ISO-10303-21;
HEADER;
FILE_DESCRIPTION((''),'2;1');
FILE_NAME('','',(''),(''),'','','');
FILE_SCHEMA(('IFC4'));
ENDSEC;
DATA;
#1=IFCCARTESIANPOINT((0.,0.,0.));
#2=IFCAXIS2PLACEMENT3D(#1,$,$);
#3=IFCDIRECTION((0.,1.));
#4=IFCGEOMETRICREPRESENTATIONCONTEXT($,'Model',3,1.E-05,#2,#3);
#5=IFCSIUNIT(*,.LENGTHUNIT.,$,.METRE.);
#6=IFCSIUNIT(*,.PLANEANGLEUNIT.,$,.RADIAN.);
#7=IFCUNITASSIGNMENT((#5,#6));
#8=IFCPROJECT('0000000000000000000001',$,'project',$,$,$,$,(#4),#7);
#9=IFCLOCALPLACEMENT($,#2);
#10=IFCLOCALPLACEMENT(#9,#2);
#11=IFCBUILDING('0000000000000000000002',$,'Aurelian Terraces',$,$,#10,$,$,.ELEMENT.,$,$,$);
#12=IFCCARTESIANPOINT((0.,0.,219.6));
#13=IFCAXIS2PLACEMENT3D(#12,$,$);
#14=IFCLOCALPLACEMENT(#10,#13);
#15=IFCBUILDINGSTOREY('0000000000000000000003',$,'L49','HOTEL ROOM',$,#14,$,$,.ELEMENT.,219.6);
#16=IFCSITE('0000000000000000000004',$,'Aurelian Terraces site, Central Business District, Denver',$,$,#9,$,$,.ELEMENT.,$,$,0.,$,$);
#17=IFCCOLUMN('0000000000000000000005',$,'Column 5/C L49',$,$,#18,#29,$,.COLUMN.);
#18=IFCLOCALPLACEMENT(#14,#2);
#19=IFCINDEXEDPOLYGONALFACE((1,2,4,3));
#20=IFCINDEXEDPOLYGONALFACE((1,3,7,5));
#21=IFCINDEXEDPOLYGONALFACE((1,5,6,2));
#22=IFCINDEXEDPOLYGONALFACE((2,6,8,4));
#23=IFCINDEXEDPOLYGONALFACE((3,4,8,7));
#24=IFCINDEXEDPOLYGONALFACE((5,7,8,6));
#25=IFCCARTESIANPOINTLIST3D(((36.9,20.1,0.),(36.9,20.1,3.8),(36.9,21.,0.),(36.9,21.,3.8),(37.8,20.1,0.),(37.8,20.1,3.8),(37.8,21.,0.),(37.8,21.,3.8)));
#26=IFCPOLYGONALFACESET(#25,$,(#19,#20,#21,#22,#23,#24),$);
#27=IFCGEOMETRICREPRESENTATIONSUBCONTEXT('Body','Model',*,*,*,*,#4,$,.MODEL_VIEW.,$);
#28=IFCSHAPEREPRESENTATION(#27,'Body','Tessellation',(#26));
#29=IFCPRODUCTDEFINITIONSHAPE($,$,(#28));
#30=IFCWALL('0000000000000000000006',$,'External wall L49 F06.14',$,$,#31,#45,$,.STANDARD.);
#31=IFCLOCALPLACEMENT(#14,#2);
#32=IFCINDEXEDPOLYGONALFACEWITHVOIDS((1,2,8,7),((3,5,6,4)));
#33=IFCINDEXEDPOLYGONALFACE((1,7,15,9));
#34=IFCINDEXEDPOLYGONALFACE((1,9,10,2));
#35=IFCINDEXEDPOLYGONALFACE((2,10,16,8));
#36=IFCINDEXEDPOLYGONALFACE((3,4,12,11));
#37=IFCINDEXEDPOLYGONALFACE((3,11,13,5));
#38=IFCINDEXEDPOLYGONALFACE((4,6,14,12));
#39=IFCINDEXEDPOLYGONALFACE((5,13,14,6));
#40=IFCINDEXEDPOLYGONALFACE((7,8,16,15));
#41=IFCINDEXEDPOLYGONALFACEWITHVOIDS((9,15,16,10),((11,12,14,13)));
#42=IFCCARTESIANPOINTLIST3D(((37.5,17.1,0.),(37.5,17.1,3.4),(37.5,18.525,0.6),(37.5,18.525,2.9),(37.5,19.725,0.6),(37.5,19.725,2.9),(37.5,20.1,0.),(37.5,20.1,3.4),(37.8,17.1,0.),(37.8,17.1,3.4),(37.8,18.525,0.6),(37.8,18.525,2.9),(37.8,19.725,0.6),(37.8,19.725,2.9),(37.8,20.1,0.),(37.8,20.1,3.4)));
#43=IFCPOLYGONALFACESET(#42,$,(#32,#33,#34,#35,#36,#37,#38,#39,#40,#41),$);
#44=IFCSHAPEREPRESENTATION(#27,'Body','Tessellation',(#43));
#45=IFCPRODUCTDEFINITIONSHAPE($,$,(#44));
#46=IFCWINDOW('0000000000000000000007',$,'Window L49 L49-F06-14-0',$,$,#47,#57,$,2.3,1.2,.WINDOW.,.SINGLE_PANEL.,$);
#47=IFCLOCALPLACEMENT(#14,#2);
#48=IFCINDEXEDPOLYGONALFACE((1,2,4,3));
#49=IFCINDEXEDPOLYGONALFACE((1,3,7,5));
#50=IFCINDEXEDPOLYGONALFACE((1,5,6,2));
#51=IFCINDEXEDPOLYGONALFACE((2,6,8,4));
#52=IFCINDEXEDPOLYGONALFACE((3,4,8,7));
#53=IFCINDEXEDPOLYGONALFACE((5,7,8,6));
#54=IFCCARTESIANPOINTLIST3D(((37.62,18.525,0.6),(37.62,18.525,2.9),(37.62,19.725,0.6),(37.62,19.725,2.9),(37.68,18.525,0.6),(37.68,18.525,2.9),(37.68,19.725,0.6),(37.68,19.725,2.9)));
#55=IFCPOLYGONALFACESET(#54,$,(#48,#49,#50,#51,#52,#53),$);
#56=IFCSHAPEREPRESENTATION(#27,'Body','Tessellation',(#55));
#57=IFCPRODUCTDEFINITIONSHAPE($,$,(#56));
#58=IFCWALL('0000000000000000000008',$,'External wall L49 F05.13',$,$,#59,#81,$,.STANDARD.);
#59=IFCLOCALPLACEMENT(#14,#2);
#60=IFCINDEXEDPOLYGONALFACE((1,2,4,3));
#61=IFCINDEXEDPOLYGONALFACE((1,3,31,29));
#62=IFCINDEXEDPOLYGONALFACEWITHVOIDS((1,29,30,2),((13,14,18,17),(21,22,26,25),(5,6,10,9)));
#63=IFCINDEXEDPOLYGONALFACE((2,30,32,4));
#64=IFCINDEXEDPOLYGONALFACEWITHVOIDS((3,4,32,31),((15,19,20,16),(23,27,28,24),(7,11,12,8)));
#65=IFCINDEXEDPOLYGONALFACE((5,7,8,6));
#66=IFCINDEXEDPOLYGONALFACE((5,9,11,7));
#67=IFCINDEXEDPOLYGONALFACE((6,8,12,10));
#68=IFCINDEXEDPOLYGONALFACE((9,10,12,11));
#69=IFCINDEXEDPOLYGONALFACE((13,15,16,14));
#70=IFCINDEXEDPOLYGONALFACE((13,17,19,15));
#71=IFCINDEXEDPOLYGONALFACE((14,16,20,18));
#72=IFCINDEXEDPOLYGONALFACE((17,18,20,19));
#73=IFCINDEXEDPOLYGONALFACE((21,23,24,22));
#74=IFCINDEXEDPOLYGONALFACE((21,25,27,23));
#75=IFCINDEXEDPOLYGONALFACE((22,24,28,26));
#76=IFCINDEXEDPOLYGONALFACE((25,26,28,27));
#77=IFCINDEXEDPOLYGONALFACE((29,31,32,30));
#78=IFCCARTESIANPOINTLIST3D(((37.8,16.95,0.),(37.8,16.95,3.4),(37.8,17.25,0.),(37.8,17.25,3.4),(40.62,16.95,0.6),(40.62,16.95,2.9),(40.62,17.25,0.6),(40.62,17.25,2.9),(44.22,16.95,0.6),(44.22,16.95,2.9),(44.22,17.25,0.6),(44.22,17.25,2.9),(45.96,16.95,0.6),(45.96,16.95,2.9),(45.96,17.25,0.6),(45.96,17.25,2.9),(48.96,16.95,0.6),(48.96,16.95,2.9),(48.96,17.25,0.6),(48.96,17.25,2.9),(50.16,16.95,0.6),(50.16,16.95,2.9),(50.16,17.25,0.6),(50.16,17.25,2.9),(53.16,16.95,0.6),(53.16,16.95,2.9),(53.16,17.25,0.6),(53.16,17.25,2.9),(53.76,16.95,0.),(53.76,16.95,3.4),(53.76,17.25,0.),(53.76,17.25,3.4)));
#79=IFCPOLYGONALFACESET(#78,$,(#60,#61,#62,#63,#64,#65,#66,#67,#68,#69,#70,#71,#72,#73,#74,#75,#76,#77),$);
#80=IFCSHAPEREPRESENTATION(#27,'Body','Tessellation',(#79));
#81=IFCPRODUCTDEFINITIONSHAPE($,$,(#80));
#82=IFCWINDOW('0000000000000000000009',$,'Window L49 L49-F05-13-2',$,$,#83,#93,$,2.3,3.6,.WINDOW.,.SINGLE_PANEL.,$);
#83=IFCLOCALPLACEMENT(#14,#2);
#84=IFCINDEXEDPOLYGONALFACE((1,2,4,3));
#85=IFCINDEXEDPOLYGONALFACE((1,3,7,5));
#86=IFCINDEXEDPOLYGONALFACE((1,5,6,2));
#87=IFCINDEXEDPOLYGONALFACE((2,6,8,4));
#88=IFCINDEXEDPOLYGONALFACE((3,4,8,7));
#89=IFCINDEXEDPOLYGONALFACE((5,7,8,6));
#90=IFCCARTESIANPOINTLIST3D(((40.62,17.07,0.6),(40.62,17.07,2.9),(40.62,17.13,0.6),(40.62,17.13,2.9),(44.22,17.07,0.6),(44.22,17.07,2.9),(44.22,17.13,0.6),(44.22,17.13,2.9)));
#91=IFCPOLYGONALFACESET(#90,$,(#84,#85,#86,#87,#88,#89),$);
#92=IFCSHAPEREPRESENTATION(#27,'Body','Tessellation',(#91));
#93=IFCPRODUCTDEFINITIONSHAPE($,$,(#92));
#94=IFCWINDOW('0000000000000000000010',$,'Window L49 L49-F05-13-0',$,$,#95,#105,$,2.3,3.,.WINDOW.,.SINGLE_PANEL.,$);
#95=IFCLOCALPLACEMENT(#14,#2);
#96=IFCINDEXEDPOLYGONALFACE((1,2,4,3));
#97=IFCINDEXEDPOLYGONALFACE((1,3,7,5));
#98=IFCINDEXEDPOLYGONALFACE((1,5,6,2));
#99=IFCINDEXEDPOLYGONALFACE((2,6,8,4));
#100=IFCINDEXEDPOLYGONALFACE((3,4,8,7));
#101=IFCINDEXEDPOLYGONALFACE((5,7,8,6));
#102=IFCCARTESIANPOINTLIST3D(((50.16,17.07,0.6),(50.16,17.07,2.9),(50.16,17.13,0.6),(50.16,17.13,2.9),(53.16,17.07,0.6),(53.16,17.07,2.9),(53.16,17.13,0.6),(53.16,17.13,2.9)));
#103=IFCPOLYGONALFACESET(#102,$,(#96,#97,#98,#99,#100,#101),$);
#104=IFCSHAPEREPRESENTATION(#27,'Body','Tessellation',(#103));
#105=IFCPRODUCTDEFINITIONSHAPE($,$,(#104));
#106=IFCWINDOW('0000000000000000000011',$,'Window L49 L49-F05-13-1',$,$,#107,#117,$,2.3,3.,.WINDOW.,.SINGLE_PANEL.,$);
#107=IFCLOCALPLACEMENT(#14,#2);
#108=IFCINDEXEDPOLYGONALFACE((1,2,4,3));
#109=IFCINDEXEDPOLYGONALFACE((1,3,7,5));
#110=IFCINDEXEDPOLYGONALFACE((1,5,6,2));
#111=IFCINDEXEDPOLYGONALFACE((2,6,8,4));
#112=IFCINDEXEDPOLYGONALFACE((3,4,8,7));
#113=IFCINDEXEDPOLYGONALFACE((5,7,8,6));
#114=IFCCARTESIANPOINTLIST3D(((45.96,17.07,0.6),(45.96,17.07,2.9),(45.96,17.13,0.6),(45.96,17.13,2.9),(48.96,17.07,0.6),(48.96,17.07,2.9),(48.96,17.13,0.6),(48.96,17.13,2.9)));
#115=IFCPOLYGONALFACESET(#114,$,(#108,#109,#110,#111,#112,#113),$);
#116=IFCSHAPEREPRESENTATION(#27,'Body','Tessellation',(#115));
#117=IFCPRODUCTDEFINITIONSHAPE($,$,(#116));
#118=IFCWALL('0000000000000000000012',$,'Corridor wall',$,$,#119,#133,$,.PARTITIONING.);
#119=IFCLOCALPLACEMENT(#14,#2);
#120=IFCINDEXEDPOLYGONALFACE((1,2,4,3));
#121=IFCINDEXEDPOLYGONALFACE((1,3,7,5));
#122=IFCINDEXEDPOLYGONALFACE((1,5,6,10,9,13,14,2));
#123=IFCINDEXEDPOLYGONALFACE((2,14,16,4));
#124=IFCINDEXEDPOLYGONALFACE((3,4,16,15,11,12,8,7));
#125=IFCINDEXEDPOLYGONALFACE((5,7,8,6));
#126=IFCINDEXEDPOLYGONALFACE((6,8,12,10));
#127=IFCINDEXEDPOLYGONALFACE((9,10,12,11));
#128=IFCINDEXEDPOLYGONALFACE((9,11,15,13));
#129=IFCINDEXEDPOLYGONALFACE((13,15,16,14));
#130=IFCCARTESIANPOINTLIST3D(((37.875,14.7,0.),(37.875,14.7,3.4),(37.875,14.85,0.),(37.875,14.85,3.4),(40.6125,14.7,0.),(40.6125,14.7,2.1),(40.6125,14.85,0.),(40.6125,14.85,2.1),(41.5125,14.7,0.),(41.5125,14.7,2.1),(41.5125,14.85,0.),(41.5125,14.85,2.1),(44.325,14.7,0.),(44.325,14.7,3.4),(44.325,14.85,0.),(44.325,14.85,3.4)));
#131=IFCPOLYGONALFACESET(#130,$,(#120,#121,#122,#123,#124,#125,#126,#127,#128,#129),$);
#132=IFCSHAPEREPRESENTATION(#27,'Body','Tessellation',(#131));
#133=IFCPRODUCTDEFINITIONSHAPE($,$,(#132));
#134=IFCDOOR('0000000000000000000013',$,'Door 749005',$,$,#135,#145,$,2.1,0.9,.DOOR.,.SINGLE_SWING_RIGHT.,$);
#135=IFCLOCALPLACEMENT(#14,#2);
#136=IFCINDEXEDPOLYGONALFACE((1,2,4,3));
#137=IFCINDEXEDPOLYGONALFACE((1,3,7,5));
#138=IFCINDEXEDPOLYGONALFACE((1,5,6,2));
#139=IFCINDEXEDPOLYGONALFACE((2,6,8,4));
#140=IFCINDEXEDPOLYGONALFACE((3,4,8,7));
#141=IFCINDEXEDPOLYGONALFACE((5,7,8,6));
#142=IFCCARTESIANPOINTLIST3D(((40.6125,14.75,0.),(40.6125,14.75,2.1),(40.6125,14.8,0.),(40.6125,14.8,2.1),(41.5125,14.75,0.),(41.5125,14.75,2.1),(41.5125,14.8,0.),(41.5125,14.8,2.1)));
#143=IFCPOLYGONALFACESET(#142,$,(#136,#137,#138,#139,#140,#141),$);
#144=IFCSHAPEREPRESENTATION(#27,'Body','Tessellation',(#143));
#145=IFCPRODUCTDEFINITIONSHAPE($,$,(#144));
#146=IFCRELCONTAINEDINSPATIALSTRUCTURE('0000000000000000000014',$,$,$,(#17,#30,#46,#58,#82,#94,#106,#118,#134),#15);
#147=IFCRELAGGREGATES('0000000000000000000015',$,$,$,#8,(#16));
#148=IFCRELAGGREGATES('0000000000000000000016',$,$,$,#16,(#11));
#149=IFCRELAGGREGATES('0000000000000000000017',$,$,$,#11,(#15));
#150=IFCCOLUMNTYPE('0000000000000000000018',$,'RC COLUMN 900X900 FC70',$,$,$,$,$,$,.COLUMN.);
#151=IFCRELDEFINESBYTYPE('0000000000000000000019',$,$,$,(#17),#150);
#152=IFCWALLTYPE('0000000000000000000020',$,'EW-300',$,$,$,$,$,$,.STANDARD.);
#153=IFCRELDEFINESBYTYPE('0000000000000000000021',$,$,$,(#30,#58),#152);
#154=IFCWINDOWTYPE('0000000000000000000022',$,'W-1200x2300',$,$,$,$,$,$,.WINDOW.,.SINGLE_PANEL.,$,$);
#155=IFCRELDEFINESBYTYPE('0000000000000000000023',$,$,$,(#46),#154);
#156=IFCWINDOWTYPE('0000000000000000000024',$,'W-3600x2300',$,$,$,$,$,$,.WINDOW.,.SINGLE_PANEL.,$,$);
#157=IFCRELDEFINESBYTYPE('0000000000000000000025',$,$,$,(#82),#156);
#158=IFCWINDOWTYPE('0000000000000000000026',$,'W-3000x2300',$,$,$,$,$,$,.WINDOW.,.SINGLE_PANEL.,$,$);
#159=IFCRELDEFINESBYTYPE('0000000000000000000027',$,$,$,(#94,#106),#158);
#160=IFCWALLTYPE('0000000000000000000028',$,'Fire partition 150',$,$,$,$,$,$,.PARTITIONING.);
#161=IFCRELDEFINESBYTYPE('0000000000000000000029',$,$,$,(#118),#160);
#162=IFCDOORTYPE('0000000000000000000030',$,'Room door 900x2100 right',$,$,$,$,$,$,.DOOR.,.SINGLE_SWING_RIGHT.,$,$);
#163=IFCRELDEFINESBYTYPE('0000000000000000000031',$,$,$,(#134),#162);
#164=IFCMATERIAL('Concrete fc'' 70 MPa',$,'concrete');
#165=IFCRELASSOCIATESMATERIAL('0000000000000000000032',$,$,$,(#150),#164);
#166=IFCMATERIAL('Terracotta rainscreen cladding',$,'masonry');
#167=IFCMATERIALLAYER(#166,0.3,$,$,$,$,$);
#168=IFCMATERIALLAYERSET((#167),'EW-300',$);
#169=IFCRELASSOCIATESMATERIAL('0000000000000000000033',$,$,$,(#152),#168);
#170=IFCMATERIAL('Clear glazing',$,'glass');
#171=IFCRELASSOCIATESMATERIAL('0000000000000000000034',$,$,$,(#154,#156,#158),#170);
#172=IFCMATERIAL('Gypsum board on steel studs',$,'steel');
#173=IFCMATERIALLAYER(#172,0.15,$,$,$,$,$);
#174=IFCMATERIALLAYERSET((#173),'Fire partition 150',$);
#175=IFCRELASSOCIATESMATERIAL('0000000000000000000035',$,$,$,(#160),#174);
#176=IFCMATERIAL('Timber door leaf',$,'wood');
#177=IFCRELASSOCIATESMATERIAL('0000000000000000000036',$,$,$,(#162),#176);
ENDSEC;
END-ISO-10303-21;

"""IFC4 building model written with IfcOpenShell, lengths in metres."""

from ifc_helpers import new_model, si_unit, direction, frame, frame_2d, origin, origin_2d, place, context, subcontext, project, spatial, rectangle, extrude, source, transform, mapped, material, layer, layer_set, material_profile, profile_set, type_object, element, fill, save


model = new_model("IFC4")

# Units and contexts
model_context = context("Model", 3, precision=1e-05, world=origin(), true_north=direction((0.0, 1.0)))
body_context = subcontext(model_context, "Body", "Model", "MODEL_VIEW")
ifc_project = project(units=[si_unit("LENGTHUNIT", "METRE"), si_unit("PLANEANGLEUNIT", "RADIAN")], contexts=[model_context])

# Site, building, storey
site_placement = place(None, origin())
site = spatial("IfcSite", under=ifc_project, at=site_placement, Name="Aurelian Terraces site, Central Business District, Denver", CompositionType="ELEMENT", RefElevation=0.0)
building_placement = place(site_placement, origin())
building = spatial("IfcBuilding", under=site, at=building_placement, Name="Aurelian Terraces", CompositionType="ELEMENT")
storey_placement = place(building_placement, frame((0.0, 0.0, 219.6)))
storey = spatial("IfcBuildingStorey", under=building, at=storey_placement, Name="L49", Description="HOTEL ROOM", CompositionType="ELEMENT", Elevation=219.6)

# Column
ifc_material_1 = material(Name="Concrete fc' 70 MPa", Category="concrete")
ifc_material_profile = material_profile(ifc_material_1, rectangle(XDim=0.9, YDim=0.9, at=origin_2d()))
ifc_profile_set = profile_set([ifc_material_profile], Name="Concrete fc' 70 MPa")
column_type = type_object("IfcColumnType", Name="RC COLUMN 900X900 FC70", PredefinedType="COLUMN", material=ifc_profile_set)
shared_shape_1 = source(origin(), body_context, "Body", "SweptSolid", [
    extrude(rectangle(XDim=0.9, YDim=0.9, at=origin_2d()), origin(), (0.0, 0.0, 1.0), 3.8),
])
column_placement = place(storey_placement, frame((37.35, 20.55, 0.0), z_axis=(0.0, 0.0, 1.0), x_axis=(1.0, 0.0, 0.0)))
element("IfcColumn", 1, at=column_placement, inside=storey, type_object=column_type, Name="Column 5/C L49", PredefinedType="COLUMN", context=body_context, shape_type="MappedRepresentation", body=[
    mapped(shared_shape_1, transform((0.0, 0.0, 0.0), scale=1.0)),
])

# Wall, opening, window
ifc_material_2 = material(Name="Terracotta rainscreen cladding", Category="masonry")
ifc_layer_1 = layer(ifc_material_2, 0.3)
ifc_layer_set_1 = layer_set([ifc_layer_1], Name="EW-300")
wall_type_1 = type_object("IfcWallType", Name="EW-300", PredefinedType="STANDARD", material=ifc_layer_set_1)
shared_shape_2 = source(origin(), body_context, "Body", "SweptSolid", [
    extrude(rectangle(XDim=3.0, YDim=0.3, at=frame_2d((1.5, 0.0))), origin(), (0.0, 0.0, 1.0), 3.4),
])
wall_1_placement = place(storey_placement, frame((37.65, 17.1, 0.0), z_axis=(0.0, 0.0, 1.0), x_axis=(0.0, 1.0, 0.0)))
wall_1 = element("IfcWall", 2, at=wall_1_placement, inside=storey, type_object=wall_type_1, Name="External wall L49 F06.14", PredefinedType="STANDARD", context=body_context, shape_type="MappedRepresentation", body=[
    mapped(shared_shape_2, transform((0.0, 0.0, 0.0), scale=1.0)),
])
shared_shape_3 = source(origin(), body_context, "Body", "SweptSolid", [
    extrude(rectangle(XDim=1.2, YDim=2.3, at=frame_2d((0.6, 1.15))), frame((0.0, 0.16, 0.0), z_axis=(0.0, -1.0, 0.0), x_axis=(1.0, 0.0, 0.0)), (0.0, 0.0, 1.0), 0.32),
])
opening_1_placement = place(wall_1_placement, frame((1.425, 0.0, 0.6)))
opening_1 = element("IfcOpeningElement", 3, at=opening_1_placement, cuts=wall_1, PredefinedType="OPENING", context=body_context, shape_type="MappedRepresentation", body=[
    mapped(shared_shape_3, transform((0.0, 0.0, 0.0), scale=1.0)),
])
ifc_material_3 = material(Name="Clear glazing", Category="glass")
window_type_1 = type_object("IfcWindowType", Name="W-1200x2300", PartitioningType="SINGLE_PANEL", PredefinedType="WINDOW", material=ifc_material_3)
shared_shape_4 = source(origin(), body_context, "Body", "SweptSolid", [
    extrude(rectangle(XDim=1.2, YDim=2.3, at=frame_2d((0.6, 1.15))), frame((0.0, 0.03, 0.0), z_axis=(0.0, -1.0, 0.0), x_axis=(1.0, 0.0, 0.0)), (0.0, 0.0, 1.0), 0.06),
])
window_1_placement = place(opening_1_placement, origin())
window_1 = element("IfcWindow", 4, at=window_1_placement, inside=storey, type_object=window_type_1, Name="Window L49 L49-F06-14-0", OverallHeight=2.3, OverallWidth=1.2, PartitioningType="SINGLE_PANEL", PredefinedType="WINDOW", context=body_context, shape_type="MappedRepresentation", body=[
    mapped(shared_shape_4, transform((0.0, 0.0, 0.0), scale=1.0)),
])
fill(opening_1, window_1)

# Wall, openings, windows
shared_shape_5 = source(origin(), body_context, "Body", "SweptSolid", [
    extrude(rectangle(XDim=15.96, YDim=0.3, at=frame_2d((7.98, 0.0))), origin(), (0.0, 0.0, 1.0), 3.4),
])
wall_2_placement = place(storey_placement, frame((53.76, 17.1, 0.0), z_axis=(0.0, 0.0, 1.0), x_axis=(-1.0, 0.0, 0.0)))
wall_2 = element("IfcWall", 5, at=wall_2_placement, inside=storey, type_object=wall_type_1, Name="External wall L49 F05.13", PredefinedType="STANDARD", context=body_context, shape_type="MappedRepresentation", body=[
    mapped(shared_shape_5, transform((0.0, 0.0, 0.0), scale=1.0)),
])
shared_shape_6 = source(origin(), body_context, "Body", "SweptSolid", [
    extrude(rectangle(XDim=3.0, YDim=2.3, at=frame_2d((1.5, 1.15))), frame((0.0, 0.16, 0.0), z_axis=(0.0, -1.0, 0.0), x_axis=(1.0, 0.0, 0.0)), (0.0, 0.0, 1.0), 0.32),
])
opening_2_placement = place(wall_2_placement, frame((0.6, 0.0, 0.6)))
opening_2 = element("IfcOpeningElement", 6, at=opening_2_placement, cuts=wall_2, PredefinedType="OPENING", context=body_context, shape_type="MappedRepresentation", body=[
    mapped(shared_shape_6, transform((0.0, 0.0, 0.0), scale=1.0)),
])
opening_3_placement = place(wall_2_placement, frame((4.8, 0.0, 0.6)))
opening_3 = element("IfcOpeningElement", 7, at=opening_3_placement, cuts=wall_2, PredefinedType="OPENING", context=body_context, shape_type="MappedRepresentation", body=[
    mapped(shared_shape_6, transform((0.0, 0.0, 0.0), scale=1.0)),
])
shared_shape_7 = source(origin(), body_context, "Body", "SweptSolid", [
    extrude(rectangle(XDim=3.6, YDim=2.3, at=frame_2d((1.8, 1.15))), frame((0.0, 0.16, 0.0), z_axis=(0.0, -1.0, 0.0), x_axis=(1.0, 0.0, 0.0)), (0.0, 0.0, 1.0), 0.32),
])
opening_4_placement = place(wall_2_placement, frame((9.54, 0.0, 0.6)))
opening_4 = element("IfcOpeningElement", 8, at=opening_4_placement, cuts=wall_2, PredefinedType="OPENING", context=body_context, shape_type="MappedRepresentation", body=[
    mapped(shared_shape_7, transform((0.0, 0.0, 0.0), scale=1.0)),
])
window_type_2 = type_object("IfcWindowType", Name="W-3600x2300", PartitioningType="SINGLE_PANEL", PredefinedType="WINDOW", material=ifc_material_3)
shared_shape_8 = source(origin(), body_context, "Body", "SweptSolid", [
    extrude(rectangle(XDim=3.6, YDim=2.3, at=frame_2d((1.8, 1.15))), frame((0.0, 0.03, 0.0), z_axis=(0.0, -1.0, 0.0), x_axis=(1.0, 0.0, 0.0)), (0.0, 0.0, 1.0), 0.06),
])
window_2_placement = place(opening_4_placement, origin())
window_2 = element("IfcWindow", 9, at=window_2_placement, inside=storey, type_object=window_type_2, Name="Window L49 L49-F05-13-2", OverallHeight=2.3, OverallWidth=3.6, PartitioningType="SINGLE_PANEL", PredefinedType="WINDOW", context=body_context, shape_type="MappedRepresentation", body=[
    mapped(shared_shape_8, transform((0.0, 0.0, 0.0), scale=1.0)),
])
fill(opening_4, window_2)
window_type_3 = type_object("IfcWindowType", Name="W-3000x2300", PartitioningType="SINGLE_PANEL", PredefinedType="WINDOW", material=ifc_material_3)
shared_shape_9 = source(origin(), body_context, "Body", "SweptSolid", [
    extrude(rectangle(XDim=3.0, YDim=2.3, at=frame_2d((1.5, 1.15))), frame((0.0, 0.03, 0.0), z_axis=(0.0, -1.0, 0.0), x_axis=(1.0, 0.0, 0.0)), (0.0, 0.0, 1.0), 0.06),
])
window_3_placement = place(opening_2_placement, origin())
window_3 = element("IfcWindow", 10, at=window_3_placement, inside=storey, type_object=window_type_3, Name="Window L49 L49-F05-13-0", OverallHeight=2.3, OverallWidth=3.0, PartitioningType="SINGLE_PANEL", PredefinedType="WINDOW", context=body_context, shape_type="MappedRepresentation", body=[
    mapped(shared_shape_9, transform((0.0, 0.0, 0.0), scale=1.0)),
])
fill(opening_2, window_3)
window_4_placement = place(opening_3_placement, origin())
window_4 = element("IfcWindow", 11, at=window_4_placement, inside=storey, type_object=window_type_3, Name="Window L49 L49-F05-13-1", OverallHeight=2.3, OverallWidth=3.0, PartitioningType="SINGLE_PANEL", PredefinedType="WINDOW", context=body_context, shape_type="MappedRepresentation", body=[
    mapped(shared_shape_9, transform((0.0, 0.0, 0.0), scale=1.0)),
])
fill(opening_3, window_4)

# Wall, opening, door
ifc_material_4 = material(Name="Gypsum board on steel studs", Category="steel")
ifc_layer_2 = layer(ifc_material_4, 0.15)
ifc_layer_set_2 = layer_set([ifc_layer_2], Name="Fire partition 150")
wall_type_2 = type_object("IfcWallType", Name="Fire partition 150", PredefinedType="PARTITIONING", material=ifc_layer_set_2)
shared_shape_10 = source(origin(), body_context, "Body", "SweptSolid", [
    extrude(rectangle(XDim=6.45, YDim=0.15, at=frame_2d((3.225, 0.0))), origin(), (0.0, 0.0, 1.0), 3.4),
])
wall_3_placement = place(storey_placement, frame((44.325, 14.775, 0.0), z_axis=(0.0, 0.0, 1.0), x_axis=(-1.0, 0.0, 0.0)))
wall_3 = element("IfcWall", 12, at=wall_3_placement, inside=storey, type_object=wall_type_2, Name="Corridor wall", PredefinedType="PARTITIONING", context=body_context, shape_type="MappedRepresentation", body=[
    mapped(shared_shape_10, transform((0.0, 0.0, 0.0), scale=1.0)),
])
shared_shape_11 = source(origin(), body_context, "Body", "SweptSolid", [
    extrude(rectangle(XDim=0.9, YDim=2.1, at=frame_2d((0.45, 1.05))), frame((0.0, 0.085, 0.0), z_axis=(0.0, -1.0, 0.0), x_axis=(1.0, 0.0, 0.0)), (0.0, 0.0, 1.0), 0.17),
])
opening_5_placement = place(wall_3_placement, frame((2.8125, 0.0, 0.0)))
opening_5 = element("IfcOpeningElement", 13, at=opening_5_placement, cuts=wall_3, PredefinedType="OPENING", context=body_context, shape_type="MappedRepresentation", body=[
    mapped(shared_shape_11, transform((0.0, 0.0, 0.0), scale=1.0)),
])
ifc_material_5 = material(Name="Timber door leaf", Category="wood")
door_type_1 = type_object("IfcDoorType", Name="Room door 900x2100 right", OperationType="SINGLE_SWING_RIGHT", PredefinedType="DOOR", material=ifc_material_5)
shared_shape_12 = source(origin(), body_context, "Body", "SweptSolid", [
    extrude(rectangle(XDim=0.9, YDim=2.1, at=frame_2d((0.45, 1.05))), frame((0.0, 0.025, 0.0), z_axis=(0.0, -1.0, 0.0), x_axis=(1.0, 0.0, 0.0)), (0.0, 0.0, 1.0), 0.05),
])
door_1_placement = place(opening_5_placement, origin())
door_1 = element("IfcDoor", 14, at=door_1_placement, inside=storey, type_object=door_type_1, Name="Door 749005", OperationType="SINGLE_SWING_RIGHT", OverallHeight=2.1, OverallWidth=0.9, PredefinedType="DOOR", context=body_context, shape_type="MappedRepresentation", body=[
    mapped(shared_shape_12, transform((0.0, 0.0, 0.0), scale=1.0)),
])
fill(opening_5, door_1)

save(model, "model.ifc")
